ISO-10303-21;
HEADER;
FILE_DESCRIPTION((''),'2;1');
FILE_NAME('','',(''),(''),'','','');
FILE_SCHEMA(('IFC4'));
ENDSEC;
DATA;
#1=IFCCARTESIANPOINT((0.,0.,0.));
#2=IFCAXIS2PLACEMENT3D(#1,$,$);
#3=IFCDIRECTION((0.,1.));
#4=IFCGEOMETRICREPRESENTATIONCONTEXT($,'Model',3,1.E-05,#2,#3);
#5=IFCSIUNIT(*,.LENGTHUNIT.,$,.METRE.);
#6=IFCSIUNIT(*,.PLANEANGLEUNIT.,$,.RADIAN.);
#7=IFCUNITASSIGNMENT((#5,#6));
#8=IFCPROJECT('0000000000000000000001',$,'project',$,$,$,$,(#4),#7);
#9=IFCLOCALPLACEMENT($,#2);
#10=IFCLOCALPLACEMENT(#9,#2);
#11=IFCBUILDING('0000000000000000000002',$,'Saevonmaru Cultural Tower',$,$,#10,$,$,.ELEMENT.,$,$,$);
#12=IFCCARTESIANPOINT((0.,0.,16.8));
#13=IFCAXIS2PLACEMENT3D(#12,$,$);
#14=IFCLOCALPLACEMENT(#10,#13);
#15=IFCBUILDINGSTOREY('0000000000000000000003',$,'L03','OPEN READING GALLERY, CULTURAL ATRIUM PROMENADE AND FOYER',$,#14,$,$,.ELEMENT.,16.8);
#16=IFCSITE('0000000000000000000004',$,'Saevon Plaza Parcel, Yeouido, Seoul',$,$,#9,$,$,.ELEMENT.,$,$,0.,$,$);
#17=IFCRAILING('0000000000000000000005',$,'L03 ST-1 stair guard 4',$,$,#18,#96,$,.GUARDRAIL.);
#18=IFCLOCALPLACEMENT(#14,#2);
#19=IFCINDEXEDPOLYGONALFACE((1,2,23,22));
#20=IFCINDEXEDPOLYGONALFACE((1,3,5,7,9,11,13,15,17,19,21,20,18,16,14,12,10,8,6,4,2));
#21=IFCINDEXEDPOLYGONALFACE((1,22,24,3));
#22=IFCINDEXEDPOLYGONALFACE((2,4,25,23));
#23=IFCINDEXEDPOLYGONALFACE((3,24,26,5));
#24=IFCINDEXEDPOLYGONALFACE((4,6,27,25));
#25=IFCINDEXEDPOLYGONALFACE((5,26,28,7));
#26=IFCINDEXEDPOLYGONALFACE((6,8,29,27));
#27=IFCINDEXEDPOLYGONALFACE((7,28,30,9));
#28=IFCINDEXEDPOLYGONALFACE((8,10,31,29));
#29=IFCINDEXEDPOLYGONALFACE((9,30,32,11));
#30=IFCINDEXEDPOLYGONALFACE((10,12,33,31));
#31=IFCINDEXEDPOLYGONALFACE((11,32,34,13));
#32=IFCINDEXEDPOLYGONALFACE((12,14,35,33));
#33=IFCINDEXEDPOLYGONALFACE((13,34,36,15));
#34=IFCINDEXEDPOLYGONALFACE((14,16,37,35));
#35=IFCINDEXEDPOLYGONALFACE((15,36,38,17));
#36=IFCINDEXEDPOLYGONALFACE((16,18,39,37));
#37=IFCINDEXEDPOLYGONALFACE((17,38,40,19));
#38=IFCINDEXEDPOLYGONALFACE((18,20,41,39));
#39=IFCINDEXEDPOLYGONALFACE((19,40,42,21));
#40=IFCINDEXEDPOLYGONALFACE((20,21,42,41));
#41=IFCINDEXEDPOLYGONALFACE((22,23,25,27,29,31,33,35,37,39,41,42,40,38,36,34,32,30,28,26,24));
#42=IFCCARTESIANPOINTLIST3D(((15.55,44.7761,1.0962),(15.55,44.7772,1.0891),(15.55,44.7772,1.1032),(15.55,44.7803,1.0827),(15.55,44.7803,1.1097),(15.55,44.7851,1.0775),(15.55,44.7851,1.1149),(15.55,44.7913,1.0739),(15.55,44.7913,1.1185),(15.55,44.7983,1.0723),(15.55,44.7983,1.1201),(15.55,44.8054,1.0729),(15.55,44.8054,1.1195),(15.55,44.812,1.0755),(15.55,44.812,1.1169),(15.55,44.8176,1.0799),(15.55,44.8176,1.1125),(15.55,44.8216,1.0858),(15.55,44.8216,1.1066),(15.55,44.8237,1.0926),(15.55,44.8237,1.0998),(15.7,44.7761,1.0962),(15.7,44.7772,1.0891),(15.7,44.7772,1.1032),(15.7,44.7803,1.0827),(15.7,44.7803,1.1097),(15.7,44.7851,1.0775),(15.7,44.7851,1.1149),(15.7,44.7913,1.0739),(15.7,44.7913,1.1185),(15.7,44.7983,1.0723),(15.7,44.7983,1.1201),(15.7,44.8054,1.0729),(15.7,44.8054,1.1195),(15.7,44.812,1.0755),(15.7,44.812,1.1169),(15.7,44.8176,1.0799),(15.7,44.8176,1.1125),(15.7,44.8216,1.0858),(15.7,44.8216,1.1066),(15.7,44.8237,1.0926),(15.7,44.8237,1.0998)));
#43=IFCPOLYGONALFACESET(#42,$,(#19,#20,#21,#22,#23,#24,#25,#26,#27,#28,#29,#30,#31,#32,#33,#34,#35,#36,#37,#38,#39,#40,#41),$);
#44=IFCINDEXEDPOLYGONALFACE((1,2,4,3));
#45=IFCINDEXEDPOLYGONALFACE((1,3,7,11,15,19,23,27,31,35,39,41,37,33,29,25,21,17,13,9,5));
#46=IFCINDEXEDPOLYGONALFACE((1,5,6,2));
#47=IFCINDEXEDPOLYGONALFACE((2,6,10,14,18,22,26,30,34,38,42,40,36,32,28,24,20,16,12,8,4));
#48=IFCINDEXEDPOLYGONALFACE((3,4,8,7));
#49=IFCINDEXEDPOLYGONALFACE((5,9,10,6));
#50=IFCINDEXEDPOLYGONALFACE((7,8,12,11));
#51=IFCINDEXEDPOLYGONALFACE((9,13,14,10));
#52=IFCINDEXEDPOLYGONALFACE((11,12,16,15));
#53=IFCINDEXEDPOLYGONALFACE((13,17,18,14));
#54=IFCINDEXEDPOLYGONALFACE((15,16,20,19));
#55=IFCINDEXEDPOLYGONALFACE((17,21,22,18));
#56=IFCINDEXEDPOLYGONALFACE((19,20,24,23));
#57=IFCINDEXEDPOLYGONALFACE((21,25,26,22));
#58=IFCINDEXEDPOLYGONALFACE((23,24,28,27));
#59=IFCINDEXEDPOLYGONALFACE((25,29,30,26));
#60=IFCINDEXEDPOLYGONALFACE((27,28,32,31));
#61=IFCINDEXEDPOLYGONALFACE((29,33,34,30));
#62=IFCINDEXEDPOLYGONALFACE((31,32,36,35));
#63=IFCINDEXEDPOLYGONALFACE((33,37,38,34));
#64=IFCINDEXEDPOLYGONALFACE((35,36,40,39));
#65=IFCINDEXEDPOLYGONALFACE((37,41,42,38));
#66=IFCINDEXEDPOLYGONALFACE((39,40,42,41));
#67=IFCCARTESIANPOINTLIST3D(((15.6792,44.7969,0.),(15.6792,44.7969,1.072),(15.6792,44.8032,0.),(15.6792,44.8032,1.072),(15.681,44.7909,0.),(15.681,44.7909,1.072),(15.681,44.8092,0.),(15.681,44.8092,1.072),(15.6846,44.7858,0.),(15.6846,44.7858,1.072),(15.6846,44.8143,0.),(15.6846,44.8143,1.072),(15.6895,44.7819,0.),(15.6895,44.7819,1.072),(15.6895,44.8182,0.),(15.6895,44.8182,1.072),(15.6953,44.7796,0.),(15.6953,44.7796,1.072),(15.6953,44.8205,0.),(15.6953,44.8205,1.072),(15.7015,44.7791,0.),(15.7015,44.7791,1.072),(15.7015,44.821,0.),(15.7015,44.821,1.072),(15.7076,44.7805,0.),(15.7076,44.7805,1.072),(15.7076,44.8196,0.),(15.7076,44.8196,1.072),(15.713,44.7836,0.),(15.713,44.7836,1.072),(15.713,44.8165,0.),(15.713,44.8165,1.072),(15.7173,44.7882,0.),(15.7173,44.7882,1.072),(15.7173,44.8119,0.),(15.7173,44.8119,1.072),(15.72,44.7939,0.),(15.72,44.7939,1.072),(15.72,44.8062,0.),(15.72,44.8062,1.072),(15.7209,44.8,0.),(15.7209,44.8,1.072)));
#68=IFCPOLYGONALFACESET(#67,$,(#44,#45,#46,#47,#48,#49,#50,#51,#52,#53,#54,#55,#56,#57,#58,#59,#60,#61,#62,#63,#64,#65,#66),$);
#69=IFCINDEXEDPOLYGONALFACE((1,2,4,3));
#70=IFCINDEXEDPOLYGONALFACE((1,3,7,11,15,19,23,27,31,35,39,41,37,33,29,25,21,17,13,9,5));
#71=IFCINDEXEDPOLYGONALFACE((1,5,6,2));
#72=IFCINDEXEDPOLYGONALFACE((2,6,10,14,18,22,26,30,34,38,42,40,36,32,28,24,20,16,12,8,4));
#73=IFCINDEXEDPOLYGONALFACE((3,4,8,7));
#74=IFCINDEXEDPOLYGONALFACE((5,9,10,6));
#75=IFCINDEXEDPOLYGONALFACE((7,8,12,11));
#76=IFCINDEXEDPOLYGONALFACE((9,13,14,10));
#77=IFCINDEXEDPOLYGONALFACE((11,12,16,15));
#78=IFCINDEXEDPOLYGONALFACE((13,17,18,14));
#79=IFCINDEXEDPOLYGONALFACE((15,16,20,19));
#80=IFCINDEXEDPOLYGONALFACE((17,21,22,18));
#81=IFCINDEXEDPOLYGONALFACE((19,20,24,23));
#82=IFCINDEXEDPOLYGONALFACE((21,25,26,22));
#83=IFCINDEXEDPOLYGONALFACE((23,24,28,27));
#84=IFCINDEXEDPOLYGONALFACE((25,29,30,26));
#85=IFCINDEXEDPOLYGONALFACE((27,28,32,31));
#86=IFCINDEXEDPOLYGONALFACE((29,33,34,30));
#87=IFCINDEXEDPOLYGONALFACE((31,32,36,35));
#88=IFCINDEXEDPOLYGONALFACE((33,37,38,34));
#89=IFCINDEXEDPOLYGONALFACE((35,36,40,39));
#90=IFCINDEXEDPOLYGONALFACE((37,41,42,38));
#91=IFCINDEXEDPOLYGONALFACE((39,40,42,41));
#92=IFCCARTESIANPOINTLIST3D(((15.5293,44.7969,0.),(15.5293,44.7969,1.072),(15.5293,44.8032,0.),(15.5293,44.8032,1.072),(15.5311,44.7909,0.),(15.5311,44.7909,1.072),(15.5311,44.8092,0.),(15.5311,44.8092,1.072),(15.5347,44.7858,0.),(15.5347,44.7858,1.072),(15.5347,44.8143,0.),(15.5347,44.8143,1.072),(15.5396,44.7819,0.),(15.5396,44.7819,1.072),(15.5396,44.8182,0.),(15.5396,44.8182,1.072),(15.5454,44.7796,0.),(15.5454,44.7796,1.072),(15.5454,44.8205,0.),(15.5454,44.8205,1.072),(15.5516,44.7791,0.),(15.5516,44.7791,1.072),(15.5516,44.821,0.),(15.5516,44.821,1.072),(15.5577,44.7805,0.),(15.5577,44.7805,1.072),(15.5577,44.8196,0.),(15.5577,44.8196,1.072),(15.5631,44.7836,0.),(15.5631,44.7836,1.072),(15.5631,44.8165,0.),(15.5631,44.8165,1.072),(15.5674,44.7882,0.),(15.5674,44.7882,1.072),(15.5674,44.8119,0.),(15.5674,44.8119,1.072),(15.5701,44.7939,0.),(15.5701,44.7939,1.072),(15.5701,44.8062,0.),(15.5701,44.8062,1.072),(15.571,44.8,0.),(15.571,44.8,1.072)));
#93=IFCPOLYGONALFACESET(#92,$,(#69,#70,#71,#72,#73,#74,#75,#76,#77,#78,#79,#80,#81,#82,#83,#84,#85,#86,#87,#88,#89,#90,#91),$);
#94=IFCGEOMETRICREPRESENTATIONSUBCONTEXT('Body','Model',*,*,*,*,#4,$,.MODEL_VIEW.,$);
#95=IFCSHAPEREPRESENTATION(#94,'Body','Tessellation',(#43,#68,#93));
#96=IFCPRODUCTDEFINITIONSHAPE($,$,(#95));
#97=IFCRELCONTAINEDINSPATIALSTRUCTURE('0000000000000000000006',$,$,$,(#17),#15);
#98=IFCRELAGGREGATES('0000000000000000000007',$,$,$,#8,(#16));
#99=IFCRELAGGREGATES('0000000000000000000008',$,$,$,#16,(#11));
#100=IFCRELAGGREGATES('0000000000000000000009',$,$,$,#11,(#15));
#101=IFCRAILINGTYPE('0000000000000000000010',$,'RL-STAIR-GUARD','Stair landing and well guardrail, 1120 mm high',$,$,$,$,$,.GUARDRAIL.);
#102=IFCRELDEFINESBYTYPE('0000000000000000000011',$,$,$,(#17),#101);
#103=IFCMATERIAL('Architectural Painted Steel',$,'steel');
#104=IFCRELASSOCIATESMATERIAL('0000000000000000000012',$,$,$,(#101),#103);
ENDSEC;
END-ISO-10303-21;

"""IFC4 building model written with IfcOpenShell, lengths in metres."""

from ifc_helpers import new_model, si_unit, direction, frame, origin, origin_2d, place, context, subcontext, project, spatial, circle, extrude, material, type_object, element, save


model = new_model("IFC4")

# Units and contexts
model_context = context("Model", 3, precision=1e-05, world=origin(), true_north=direction((0.0, 1.0)))
body_context = subcontext(model_context, "Body", "Model", "MODEL_VIEW")
ifc_project = project(units=[si_unit("LENGTHUNIT", "METRE"), si_unit("PLANEANGLEUNIT", "RADIAN")], contexts=[model_context])

# Site, building, storey
site_placement = place(None, origin())
site = spatial("IfcSite", under=ifc_project, at=site_placement, Name="Saevon Plaza Parcel, Yeouido, Seoul", CompositionType="ELEMENT", RefElevation=0.0)
building_placement = place(site_placement, origin())
building = spatial("IfcBuilding", under=site, at=building_placement, Name="Saevonmaru Cultural Tower", CompositionType="ELEMENT")
storey_placement = place(building_placement, frame((0.0, 0.0, 16.8)))
storey = spatial("IfcBuildingStorey", under=building, at=storey_placement, Name="L03", Description="OPEN READING GALLERY, CULTURAL ATRIUM PROMENADE AND FOYER", CompositionType="ELEMENT", Elevation=16.8)

# Railing
ifc_material_1 = material(Name="Architectural Painted Steel", Category="steel")
railing_type_1 = type_object("IfcRailingType", Name="RL-STAIR-GUARD", Description="Stair landing and well guardrail, 1120 mm high", PredefinedType="GUARDRAIL", material=ifc_material_1)
railing_1_placement = place(storey_placement, frame((15.7, 44.8, 0.0)))
element("IfcRailing", 1, at=railing_1_placement, inside=storey, type_object=railing_type_1, Name="L03 ST-1 stair guard 4", PredefinedType="GUARDRAIL", context=body_context, shape_type="SweptSolid", body=[
    extrude(circle(Radius=0.0239, at=origin_2d()), frame((0.0, 0.0, 1.0962), z_axis=(-1.0, 0.0, 0.0), x_axis=(0.0, -1.0, 0.0)), (0.0, 0.0, 1.0), 0.1499),
    extrude(circle(Radius=0.021, at=origin_2d()), origin(), (0.0, 0.0, 1.0), 1.072),
    extrude(circle(Radius=0.021, at=origin_2d()), frame((-0.1499, 0.0, 0.0)), (0.0, 0.0, 1.0), 1.072),
])

save(model, "model.ifc")
